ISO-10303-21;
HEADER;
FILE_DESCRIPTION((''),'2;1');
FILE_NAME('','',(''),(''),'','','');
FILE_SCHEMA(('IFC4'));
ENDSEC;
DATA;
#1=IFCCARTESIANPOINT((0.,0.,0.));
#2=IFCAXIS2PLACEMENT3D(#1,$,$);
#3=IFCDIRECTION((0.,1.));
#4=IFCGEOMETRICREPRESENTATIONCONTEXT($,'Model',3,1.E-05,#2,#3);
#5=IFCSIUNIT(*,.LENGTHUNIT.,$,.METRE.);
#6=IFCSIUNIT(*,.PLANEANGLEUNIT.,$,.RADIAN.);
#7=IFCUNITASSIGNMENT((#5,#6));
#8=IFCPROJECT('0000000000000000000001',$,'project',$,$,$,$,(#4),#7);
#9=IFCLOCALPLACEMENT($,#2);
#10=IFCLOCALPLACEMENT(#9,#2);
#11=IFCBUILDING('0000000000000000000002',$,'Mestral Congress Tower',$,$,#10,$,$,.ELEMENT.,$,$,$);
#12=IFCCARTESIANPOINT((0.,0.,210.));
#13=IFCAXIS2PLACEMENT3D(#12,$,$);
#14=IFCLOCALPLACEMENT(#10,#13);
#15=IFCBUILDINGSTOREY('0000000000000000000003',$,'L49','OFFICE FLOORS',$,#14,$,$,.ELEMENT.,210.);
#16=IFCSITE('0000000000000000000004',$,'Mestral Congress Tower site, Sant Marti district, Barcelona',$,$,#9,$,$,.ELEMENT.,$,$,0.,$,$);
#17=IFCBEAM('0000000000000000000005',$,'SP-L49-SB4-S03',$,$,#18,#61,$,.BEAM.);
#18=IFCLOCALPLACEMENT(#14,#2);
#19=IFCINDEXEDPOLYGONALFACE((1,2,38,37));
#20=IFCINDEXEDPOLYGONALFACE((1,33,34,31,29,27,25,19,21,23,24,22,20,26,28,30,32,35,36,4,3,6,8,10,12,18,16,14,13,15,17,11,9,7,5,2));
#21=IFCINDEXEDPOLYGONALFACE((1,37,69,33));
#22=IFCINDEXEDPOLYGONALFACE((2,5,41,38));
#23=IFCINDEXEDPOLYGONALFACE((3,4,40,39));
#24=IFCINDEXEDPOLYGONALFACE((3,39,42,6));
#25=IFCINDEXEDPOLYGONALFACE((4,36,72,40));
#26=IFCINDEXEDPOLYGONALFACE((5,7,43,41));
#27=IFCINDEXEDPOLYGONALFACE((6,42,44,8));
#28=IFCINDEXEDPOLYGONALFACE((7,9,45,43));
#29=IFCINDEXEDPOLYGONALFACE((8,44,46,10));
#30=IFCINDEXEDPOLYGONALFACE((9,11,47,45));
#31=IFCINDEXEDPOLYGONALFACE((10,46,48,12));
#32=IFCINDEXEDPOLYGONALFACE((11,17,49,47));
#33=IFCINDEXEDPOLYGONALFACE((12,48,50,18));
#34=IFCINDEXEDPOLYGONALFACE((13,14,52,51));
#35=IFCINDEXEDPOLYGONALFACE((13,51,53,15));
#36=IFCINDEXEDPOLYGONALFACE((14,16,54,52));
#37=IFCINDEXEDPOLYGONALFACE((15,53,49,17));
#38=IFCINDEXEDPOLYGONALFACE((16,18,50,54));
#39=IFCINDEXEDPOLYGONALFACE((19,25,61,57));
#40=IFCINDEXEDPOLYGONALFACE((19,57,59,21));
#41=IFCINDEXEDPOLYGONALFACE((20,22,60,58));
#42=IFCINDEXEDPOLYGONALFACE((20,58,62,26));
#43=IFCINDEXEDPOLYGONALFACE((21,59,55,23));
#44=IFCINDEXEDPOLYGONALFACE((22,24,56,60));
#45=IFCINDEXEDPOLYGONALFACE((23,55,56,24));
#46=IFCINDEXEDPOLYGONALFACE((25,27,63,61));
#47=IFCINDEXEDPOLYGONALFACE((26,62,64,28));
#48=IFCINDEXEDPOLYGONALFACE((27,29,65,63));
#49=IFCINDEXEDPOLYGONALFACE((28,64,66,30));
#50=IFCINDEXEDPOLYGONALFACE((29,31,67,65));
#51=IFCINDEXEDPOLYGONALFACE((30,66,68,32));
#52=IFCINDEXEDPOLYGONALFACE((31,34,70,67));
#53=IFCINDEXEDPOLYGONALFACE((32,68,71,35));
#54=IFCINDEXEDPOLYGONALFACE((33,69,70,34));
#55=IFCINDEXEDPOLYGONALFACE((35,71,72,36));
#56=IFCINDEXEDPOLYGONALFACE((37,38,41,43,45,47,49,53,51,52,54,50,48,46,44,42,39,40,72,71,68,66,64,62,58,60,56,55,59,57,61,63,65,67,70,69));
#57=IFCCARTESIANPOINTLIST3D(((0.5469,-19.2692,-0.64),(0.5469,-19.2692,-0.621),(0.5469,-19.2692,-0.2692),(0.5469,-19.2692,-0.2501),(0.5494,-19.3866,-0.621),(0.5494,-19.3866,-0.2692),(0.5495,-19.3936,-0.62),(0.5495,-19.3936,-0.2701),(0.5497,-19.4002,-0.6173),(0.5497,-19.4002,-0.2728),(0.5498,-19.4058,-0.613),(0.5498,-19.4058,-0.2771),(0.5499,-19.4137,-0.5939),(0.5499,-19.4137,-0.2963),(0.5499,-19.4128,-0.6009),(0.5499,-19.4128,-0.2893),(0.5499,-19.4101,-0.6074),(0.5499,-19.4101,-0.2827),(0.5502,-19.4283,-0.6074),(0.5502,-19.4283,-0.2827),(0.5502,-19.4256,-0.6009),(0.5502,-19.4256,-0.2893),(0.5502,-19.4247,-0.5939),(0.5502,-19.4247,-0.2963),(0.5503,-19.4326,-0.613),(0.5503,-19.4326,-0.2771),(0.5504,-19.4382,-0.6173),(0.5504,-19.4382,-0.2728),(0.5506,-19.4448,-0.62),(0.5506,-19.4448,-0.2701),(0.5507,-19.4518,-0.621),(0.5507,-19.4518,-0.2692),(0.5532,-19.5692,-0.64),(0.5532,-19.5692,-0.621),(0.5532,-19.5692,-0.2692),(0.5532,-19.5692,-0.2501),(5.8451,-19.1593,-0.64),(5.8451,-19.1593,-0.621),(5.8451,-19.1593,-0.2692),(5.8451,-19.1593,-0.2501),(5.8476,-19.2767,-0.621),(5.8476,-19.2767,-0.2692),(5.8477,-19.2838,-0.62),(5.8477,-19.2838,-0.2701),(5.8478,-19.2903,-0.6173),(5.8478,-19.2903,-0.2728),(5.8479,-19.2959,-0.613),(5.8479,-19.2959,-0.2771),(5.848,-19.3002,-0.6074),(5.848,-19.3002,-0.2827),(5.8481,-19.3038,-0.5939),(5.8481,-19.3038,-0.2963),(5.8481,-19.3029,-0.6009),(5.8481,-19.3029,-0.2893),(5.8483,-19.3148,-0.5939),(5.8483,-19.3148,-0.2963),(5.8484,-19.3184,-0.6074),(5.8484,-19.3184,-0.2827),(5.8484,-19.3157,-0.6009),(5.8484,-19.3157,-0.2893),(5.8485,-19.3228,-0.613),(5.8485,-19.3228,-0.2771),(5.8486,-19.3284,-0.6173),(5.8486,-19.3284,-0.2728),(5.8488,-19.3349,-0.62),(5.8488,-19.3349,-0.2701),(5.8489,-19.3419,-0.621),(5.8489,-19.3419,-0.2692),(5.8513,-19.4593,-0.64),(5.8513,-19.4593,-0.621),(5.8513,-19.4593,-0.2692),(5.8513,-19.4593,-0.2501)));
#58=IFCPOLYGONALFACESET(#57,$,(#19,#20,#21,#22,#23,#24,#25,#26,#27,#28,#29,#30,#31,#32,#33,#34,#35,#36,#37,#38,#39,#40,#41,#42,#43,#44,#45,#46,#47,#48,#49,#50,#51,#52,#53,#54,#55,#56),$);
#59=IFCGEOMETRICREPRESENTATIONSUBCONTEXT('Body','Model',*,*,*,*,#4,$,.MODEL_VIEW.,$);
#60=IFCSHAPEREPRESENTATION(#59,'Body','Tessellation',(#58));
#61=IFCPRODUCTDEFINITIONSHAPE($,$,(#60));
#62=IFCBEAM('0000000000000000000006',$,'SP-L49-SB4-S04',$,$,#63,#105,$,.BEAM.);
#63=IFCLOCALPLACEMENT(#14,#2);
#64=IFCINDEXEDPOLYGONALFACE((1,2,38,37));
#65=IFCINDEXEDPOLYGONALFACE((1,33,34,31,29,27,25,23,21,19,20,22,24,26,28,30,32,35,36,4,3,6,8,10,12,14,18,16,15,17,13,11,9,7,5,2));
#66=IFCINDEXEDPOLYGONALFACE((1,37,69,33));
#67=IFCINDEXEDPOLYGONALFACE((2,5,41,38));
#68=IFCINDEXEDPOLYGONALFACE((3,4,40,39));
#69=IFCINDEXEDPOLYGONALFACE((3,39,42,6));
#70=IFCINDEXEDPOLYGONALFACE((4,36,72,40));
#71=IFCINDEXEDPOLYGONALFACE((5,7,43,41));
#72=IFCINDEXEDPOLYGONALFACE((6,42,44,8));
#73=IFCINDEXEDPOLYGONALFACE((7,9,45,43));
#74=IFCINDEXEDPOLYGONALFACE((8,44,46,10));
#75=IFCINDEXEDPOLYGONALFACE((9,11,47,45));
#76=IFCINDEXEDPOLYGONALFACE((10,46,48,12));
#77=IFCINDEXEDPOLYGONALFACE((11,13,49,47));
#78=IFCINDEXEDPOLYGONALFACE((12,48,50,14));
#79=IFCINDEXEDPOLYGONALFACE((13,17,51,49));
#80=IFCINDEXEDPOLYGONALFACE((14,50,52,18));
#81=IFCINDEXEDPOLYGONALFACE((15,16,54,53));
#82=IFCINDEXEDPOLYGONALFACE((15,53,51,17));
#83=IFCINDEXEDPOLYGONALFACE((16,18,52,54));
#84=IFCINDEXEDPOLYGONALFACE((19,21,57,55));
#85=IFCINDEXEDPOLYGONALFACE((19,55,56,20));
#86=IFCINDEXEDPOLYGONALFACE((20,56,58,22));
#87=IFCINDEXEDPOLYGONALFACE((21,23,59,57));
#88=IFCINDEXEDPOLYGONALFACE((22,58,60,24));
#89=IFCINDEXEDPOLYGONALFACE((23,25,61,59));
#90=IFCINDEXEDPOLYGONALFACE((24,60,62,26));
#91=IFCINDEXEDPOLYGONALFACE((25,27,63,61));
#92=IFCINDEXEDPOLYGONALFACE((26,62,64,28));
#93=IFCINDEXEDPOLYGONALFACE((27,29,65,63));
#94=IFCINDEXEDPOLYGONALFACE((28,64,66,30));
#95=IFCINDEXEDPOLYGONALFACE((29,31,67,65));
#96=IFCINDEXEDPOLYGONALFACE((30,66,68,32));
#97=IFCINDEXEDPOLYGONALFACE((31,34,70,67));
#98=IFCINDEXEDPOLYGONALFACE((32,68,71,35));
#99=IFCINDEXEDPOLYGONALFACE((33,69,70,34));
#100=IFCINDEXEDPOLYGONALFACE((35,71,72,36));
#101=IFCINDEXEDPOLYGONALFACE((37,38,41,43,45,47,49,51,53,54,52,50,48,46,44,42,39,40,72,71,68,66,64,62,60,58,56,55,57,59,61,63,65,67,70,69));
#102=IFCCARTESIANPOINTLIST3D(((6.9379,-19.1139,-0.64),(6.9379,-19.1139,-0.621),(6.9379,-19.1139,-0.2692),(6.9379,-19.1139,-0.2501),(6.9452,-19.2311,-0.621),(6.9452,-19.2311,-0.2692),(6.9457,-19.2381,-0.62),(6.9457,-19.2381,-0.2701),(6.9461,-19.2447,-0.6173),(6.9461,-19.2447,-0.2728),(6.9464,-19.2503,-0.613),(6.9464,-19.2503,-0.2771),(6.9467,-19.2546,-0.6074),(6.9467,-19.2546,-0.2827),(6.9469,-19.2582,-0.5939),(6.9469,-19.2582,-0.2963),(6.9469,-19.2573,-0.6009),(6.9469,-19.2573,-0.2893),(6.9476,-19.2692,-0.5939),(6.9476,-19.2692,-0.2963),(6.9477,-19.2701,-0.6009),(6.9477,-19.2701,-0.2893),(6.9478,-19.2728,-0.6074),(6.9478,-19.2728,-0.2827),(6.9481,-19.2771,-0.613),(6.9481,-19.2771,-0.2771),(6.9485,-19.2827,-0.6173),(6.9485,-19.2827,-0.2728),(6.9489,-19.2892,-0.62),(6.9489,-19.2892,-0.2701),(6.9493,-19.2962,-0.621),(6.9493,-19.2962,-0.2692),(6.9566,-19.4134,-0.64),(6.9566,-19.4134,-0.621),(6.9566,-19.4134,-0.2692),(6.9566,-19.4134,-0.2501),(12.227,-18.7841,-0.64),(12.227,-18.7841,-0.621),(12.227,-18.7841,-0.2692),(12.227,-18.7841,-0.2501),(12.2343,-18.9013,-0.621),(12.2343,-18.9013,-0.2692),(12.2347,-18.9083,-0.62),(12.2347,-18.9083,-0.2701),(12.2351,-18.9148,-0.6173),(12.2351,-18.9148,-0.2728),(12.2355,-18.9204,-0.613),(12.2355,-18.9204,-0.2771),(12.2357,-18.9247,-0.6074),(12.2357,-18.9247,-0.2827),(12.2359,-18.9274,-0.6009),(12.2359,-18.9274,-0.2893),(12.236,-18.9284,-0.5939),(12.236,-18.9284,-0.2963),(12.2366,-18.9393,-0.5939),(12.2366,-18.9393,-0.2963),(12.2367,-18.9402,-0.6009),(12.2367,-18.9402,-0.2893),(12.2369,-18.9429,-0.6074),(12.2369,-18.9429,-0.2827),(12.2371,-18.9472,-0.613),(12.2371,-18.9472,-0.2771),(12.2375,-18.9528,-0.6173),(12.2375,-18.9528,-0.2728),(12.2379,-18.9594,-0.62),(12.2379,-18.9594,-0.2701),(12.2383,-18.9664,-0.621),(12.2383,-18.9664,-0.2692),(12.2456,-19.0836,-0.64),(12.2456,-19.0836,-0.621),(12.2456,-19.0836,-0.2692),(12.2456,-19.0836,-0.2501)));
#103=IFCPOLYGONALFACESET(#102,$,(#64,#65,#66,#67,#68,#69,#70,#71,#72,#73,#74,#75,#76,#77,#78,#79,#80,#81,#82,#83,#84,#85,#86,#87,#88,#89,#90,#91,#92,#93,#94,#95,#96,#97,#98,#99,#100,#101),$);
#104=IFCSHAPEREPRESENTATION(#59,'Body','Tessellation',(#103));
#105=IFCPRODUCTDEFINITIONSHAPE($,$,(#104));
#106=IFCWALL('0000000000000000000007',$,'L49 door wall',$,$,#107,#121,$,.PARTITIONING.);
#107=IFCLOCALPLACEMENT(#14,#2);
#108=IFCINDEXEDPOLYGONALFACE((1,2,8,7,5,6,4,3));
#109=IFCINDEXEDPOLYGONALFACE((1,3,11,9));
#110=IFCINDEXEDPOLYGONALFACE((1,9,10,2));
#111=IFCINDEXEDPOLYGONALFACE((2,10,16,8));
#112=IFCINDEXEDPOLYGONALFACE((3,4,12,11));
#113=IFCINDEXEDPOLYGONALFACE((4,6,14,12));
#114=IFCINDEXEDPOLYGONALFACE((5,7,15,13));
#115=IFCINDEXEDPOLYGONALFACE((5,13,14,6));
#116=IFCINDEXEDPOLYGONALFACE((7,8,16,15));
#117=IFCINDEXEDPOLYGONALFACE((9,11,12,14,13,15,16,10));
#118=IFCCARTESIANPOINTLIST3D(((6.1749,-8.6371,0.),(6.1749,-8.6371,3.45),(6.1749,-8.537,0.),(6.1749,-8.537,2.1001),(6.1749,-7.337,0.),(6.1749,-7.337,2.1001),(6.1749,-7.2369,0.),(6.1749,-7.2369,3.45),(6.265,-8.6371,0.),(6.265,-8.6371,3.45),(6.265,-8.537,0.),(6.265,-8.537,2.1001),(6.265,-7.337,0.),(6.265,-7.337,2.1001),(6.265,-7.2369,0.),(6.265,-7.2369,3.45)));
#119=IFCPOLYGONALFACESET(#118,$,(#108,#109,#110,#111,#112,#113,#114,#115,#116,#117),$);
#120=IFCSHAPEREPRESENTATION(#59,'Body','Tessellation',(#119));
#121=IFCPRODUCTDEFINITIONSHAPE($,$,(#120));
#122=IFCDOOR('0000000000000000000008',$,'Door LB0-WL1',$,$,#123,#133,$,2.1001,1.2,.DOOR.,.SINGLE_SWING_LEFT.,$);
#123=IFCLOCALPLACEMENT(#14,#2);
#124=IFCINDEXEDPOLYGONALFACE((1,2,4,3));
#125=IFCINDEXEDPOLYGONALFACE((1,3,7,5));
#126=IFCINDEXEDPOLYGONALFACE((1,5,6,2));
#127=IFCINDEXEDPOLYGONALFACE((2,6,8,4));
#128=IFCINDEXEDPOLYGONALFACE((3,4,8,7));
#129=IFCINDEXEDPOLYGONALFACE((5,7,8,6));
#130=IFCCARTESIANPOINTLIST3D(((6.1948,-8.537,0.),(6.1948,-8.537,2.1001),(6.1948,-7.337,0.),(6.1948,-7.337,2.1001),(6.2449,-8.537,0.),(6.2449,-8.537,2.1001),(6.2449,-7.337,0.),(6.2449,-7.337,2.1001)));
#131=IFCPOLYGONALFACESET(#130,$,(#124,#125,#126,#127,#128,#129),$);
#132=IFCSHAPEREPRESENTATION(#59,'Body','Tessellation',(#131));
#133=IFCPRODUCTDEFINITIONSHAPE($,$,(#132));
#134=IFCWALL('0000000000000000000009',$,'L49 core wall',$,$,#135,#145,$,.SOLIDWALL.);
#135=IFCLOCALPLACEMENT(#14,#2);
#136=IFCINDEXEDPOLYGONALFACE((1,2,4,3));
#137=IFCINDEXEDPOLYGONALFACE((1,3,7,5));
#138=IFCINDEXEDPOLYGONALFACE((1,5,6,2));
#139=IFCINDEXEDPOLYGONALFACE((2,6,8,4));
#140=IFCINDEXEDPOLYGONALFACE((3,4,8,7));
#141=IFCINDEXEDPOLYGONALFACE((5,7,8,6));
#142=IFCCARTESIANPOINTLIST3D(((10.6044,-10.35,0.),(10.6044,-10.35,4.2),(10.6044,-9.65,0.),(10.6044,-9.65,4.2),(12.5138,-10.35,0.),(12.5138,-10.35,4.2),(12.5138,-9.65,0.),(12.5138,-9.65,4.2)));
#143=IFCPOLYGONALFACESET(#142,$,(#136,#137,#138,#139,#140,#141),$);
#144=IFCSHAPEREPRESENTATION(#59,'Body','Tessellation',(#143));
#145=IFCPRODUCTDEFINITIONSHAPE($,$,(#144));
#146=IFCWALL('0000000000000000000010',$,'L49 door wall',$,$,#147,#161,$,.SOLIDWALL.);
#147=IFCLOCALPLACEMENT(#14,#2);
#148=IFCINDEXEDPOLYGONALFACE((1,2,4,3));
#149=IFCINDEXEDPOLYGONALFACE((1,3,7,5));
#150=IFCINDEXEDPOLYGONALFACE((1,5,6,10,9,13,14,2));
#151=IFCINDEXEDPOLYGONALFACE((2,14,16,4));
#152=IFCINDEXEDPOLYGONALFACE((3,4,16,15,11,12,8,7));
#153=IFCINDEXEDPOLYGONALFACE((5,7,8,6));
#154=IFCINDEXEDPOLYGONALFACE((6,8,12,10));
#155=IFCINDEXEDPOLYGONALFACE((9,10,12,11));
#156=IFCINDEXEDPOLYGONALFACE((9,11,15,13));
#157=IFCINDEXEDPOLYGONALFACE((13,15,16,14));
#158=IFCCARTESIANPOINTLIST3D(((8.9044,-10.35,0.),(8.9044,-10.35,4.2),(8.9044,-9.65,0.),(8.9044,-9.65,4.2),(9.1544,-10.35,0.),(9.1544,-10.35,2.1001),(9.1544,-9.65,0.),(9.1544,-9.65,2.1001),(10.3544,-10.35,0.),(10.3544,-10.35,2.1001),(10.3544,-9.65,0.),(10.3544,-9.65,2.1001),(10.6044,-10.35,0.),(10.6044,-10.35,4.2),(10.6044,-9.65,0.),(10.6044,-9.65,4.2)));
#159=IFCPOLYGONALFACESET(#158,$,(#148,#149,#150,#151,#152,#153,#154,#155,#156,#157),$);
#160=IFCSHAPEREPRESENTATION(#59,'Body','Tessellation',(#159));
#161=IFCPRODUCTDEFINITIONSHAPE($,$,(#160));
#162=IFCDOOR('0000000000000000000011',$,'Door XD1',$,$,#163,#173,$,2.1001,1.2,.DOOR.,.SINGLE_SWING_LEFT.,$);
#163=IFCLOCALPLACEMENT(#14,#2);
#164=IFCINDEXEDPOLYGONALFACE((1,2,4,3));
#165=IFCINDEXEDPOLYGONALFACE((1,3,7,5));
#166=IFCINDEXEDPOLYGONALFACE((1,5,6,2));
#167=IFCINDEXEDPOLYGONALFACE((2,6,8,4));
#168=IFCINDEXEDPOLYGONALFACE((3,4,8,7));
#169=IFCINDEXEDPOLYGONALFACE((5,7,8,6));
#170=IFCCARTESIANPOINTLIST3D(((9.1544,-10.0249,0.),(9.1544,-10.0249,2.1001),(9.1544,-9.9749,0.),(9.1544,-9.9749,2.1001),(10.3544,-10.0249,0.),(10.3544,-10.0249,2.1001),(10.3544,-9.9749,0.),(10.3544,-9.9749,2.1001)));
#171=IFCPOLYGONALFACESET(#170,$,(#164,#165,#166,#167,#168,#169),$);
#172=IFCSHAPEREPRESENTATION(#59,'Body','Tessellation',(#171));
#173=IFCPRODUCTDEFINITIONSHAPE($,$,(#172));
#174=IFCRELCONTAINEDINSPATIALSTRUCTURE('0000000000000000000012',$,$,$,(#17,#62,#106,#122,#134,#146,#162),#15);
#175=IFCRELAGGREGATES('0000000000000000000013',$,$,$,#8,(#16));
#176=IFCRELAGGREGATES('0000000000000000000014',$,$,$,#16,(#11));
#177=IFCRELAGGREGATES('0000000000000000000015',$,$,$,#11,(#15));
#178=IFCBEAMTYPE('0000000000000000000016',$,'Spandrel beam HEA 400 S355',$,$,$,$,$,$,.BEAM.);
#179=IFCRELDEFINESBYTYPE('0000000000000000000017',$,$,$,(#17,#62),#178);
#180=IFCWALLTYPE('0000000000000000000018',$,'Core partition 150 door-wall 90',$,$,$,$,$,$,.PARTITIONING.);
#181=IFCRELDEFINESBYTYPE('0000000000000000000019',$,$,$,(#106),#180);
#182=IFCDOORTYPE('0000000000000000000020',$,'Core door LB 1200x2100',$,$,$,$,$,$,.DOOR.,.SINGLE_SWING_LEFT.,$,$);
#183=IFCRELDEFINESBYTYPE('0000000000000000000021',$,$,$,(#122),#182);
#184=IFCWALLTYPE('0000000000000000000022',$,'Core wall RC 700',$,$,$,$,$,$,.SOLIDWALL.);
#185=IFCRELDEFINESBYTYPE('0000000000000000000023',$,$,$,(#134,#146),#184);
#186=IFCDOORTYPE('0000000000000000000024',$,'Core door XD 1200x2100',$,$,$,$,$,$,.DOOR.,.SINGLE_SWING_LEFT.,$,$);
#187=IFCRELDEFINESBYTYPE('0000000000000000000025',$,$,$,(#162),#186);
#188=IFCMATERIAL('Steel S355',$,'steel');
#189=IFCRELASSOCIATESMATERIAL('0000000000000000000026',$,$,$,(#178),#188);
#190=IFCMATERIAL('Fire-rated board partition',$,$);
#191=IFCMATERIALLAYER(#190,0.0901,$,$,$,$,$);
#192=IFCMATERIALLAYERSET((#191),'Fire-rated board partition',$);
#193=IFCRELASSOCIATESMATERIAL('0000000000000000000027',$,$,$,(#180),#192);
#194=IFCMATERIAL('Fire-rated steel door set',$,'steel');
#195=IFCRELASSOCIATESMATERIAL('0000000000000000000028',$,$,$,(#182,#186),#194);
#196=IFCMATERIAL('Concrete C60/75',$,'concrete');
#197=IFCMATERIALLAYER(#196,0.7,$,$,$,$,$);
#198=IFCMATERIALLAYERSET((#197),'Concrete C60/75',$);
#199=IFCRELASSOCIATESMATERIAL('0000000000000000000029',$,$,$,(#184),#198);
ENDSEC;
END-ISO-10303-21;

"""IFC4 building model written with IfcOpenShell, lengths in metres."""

from ifc_helpers import new_model, si_unit, direction, frame, frame_2d, origin, origin_2d, place, context, subcontext, project, spatial, rectangle, i_section, extrude, material, layer, layer_set, material_profile, profile_set, type_object, element, fill, save


model = new_model("IFC4")

# Units and contexts
model_context = context("Model", 3, precision=1e-05, world=origin(), true_north=direction((0.0, 1.0)))
body_context = subcontext(model_context, "Body", "Model", "MODEL_VIEW")
ifc_project = project(units=[si_unit("LENGTHUNIT", "METRE"), si_unit("PLANEANGLEUNIT", "RADIAN")], contexts=[model_context])

# Site, building, storey
site_placement = place(None, origin())
site = spatial("IfcSite", under=ifc_project, at=site_placement, Name="Mestral Congress Tower site, Sant Marti district, Barcelona", CompositionType="ELEMENT", RefElevation=0.0)
building_placement = place(site_placement, origin())
building = spatial("IfcBuilding", under=site, at=building_placement, Name="Mestral Congress Tower", CompositionType="ELEMENT")
storey_placement = place(building_placement, frame((0.0, 0.0, 210.0)))
storey = spatial("IfcBuildingStorey", under=building, at=storey_placement, Name="L49", Description="OFFICE FLOORS", CompositionType="ELEMENT", Elevation=210.0)

# Shared definitions
ifc_material_1 = material(Name="Concrete C60/75", Category="concrete")

# Beams
ifc_material_2 = material(Name="Steel S355", Category="steel")
ifc_material_profile_1 = material_profile(ifc_material_2, i_section(OverallWidth=0.3, OverallDepth=0.3899, WebThickness=0.011, FlangeThickness=0.019, FilletRadius=0.0271, at=origin_2d()), Name="HEA 400")
ifc_profile_set_1 = profile_set([ifc_material_profile_1], Name="Steel S355")
beam_type_1 = type_object("IfcBeamType", Name="Spandrel beam HEA 400 S355", PredefinedType="BEAM", material=ifc_profile_set_1)
for number, where, z_axis, x_axis, name in (
    (1, (0.55, -19.4192, -0.4451), (0.999785, 0.020732, 0.0), (-0.020732, 0.999785, 0.0), "SP-L49-SB4-S03"),
    (2, (6.9473, -19.2637, -0.4451), (0.998061, 0.062241, 0.0), (-0.062241, 0.998061, 0.0), "SP-L49-SB4-S04"),
):
    element("IfcBeam", number, at=place(storey_placement, frame(where, z_axis=z_axis, x_axis=x_axis)), inside=storey, type_object=beam_type_1, Name=name, PredefinedType="BEAM", context=body_context, shape_type="SweptSolid", body=[
        extrude(i_section(OverallWidth=0.3, OverallDepth=0.3899, WebThickness=0.011, FlangeThickness=0.019, FilletRadius=0.0271, at=origin_2d()), origin(), (0.0, 0.0, 1.0), 5.2993),
    ])

# Wall, opening, door
ifc_material_3 = material(Name="Fire-rated board partition")
ifc_layer_1 = layer(ifc_material_3, 0.0901)
ifc_layer_set_1 = layer_set([ifc_layer_1], Name="Fire-rated board partition")
wall_type_1 = type_object("IfcWallType", Name="Core partition 150 door-wall 90", PredefinedType="PARTITIONING", material=ifc_layer_set_1)
wall_1_placement = place(storey_placement, frame((6.22, -7.2368, 0.0), z_axis=(0.0, 0.0, 1.0), x_axis=(0.0, -1.0, 0.0)))
wall_1 = element("IfcWall", 3, at=wall_1_placement, inside=storey, type_object=wall_type_1, Name="L49 door wall", PredefinedType="PARTITIONING", context=body_context, shape_type="SweptSolid", body=[
    extrude(rectangle(XDim=1.4001, YDim=0.0901, at=frame_2d((0.7002, 0.0))), origin(), (0.0, 0.0, 1.0), 3.45),
])
opening_1_placement = place(wall_1_placement, frame((0.1001, 0.0, 0.0)))
opening_1 = element("IfcOpeningElement", 4, at=opening_1_placement, cuts=wall_1, PredefinedType="OPENING", context=body_context, shape_type="SweptSolid", body=[
    extrude(rectangle(XDim=1.2, YDim=2.1001, at=frame_2d((0.6001, 1.05))), frame((0.0, 0.0549, 0.0), z_axis=(0.0, -1.0, 0.0), x_axis=(1.0, 0.0, 0.0)), (0.0, 0.0, 1.0), 0.1101),
])
ifc_material_4 = material(Name="Fire-rated steel door set", Category="steel")
door_type_1 = type_object("IfcDoorType", Name="Core door LB 1200x2100", OperationType="SINGLE_SWING_LEFT", PredefinedType="DOOR", material=ifc_material_4)
door_1_placement = place(opening_1_placement, origin())
door_1 = element("IfcDoor", 5, at=door_1_placement, inside=storey, type_object=door_type_1, Name="Door LB0-WL1", OperationType="SINGLE_SWING_LEFT", OverallHeight=2.1001, OverallWidth=1.2, PredefinedType="DOOR", context=body_context, shape_type="SweptSolid", body=[
    extrude(rectangle(XDim=1.2, YDim=2.1001, at=frame_2d((0.6001, 1.05))), frame((0.0, 0.0249, 0.0), z_axis=(0.0, -1.0, 0.0), x_axis=(1.0, 0.0, 0.0)), (0.0, 0.0, 1.0), 0.05),
])
fill(opening_1, door_1)

# Wall
ifc_layer_2 = layer(ifc_material_1, 0.7)
ifc_layer_set_2 = layer_set([ifc_layer_2], Name="Concrete C60/75")
wall_type_2 = type_object("IfcWallType", Name="Core wall RC 700", PredefinedType="SOLIDWALL", material=ifc_layer_set_2)
wall_2_placement = place(storey_placement, frame((10.6045, -10.0, 0.0), z_axis=(0.0, 0.0, 1.0), x_axis=(1.0, 0.0, 0.0)))
element("IfcWall", 6, at=wall_2_placement, inside=storey, type_object=wall_type_2, Name="L49 core wall", PredefinedType="SOLIDWALL", context=body_context, shape_type="SweptSolid", body=[
    extrude(rectangle(XDim=1.9094, YDim=0.7, at=frame_2d((0.9546, 0.0))), origin(), (0.0, 0.0, 1.0), 4.2),
])

# Wall, opening, door
wall_3_placement = place(storey_placement, frame((10.6045, -10.0, 0.0), z_axis=(0.0, 0.0, 1.0), x_axis=(-1.0, 0.0, 0.0)))
wall_3 = element("IfcWall", 7, at=wall_3_placement, inside=storey, type_object=wall_type_2, Name="L49 door wall", PredefinedType="SOLIDWALL", context=body_context, shape_type="SweptSolid", body=[
    extrude(rectangle(XDim=1.7, YDim=0.7, at=frame_2d((0.8501, 0.0))), origin(), (0.0, 0.0, 1.0), 4.2),
])
opening_2_placement = place(wall_3_placement, frame((0.25, 0.0, 0.0)))
opening_2 = element("IfcOpeningElement", 8, at=opening_2_placement, cuts=wall_3, PredefinedType="OPENING", context=body_context, shape_type="SweptSolid", body=[
    extrude(rectangle(XDim=1.2, YDim=2.1001, at=frame_2d((0.6001, 1.05))), frame((0.0, 0.3599, 0.0), z_axis=(0.0, -1.0, 0.0), x_axis=(1.0, 0.0, 0.0)), (0.0, 0.0, 1.0), 0.72),
])
door_type_2 = type_object("IfcDoorType", Name="Core door XD 1200x2100", OperationType="SINGLE_SWING_LEFT", PredefinedType="DOOR", material=ifc_material_4)
door_2_placement = place(opening_2_placement, origin())
door_2 = element("IfcDoor", 9, at=door_2_placement, inside=storey, type_object=door_type_2, Name="Door XD1", OperationType="SINGLE_SWING_LEFT", OverallHeight=2.1001, OverallWidth=1.2, PredefinedType="DOOR", context=body_context, shape_type="SweptSolid", body=[
    extrude(rectangle(XDim=1.2, YDim=2.1001, at=frame_2d((0.6001, 1.05))), frame((0.0, 0.0249, 0.0), z_axis=(0.0, -1.0, 0.0), x_axis=(1.0, 0.0, 0.0)), (0.0, 0.0, 1.0), 0.05),
])
fill(opening_2, door_2)

save(model, "model.ifc")
